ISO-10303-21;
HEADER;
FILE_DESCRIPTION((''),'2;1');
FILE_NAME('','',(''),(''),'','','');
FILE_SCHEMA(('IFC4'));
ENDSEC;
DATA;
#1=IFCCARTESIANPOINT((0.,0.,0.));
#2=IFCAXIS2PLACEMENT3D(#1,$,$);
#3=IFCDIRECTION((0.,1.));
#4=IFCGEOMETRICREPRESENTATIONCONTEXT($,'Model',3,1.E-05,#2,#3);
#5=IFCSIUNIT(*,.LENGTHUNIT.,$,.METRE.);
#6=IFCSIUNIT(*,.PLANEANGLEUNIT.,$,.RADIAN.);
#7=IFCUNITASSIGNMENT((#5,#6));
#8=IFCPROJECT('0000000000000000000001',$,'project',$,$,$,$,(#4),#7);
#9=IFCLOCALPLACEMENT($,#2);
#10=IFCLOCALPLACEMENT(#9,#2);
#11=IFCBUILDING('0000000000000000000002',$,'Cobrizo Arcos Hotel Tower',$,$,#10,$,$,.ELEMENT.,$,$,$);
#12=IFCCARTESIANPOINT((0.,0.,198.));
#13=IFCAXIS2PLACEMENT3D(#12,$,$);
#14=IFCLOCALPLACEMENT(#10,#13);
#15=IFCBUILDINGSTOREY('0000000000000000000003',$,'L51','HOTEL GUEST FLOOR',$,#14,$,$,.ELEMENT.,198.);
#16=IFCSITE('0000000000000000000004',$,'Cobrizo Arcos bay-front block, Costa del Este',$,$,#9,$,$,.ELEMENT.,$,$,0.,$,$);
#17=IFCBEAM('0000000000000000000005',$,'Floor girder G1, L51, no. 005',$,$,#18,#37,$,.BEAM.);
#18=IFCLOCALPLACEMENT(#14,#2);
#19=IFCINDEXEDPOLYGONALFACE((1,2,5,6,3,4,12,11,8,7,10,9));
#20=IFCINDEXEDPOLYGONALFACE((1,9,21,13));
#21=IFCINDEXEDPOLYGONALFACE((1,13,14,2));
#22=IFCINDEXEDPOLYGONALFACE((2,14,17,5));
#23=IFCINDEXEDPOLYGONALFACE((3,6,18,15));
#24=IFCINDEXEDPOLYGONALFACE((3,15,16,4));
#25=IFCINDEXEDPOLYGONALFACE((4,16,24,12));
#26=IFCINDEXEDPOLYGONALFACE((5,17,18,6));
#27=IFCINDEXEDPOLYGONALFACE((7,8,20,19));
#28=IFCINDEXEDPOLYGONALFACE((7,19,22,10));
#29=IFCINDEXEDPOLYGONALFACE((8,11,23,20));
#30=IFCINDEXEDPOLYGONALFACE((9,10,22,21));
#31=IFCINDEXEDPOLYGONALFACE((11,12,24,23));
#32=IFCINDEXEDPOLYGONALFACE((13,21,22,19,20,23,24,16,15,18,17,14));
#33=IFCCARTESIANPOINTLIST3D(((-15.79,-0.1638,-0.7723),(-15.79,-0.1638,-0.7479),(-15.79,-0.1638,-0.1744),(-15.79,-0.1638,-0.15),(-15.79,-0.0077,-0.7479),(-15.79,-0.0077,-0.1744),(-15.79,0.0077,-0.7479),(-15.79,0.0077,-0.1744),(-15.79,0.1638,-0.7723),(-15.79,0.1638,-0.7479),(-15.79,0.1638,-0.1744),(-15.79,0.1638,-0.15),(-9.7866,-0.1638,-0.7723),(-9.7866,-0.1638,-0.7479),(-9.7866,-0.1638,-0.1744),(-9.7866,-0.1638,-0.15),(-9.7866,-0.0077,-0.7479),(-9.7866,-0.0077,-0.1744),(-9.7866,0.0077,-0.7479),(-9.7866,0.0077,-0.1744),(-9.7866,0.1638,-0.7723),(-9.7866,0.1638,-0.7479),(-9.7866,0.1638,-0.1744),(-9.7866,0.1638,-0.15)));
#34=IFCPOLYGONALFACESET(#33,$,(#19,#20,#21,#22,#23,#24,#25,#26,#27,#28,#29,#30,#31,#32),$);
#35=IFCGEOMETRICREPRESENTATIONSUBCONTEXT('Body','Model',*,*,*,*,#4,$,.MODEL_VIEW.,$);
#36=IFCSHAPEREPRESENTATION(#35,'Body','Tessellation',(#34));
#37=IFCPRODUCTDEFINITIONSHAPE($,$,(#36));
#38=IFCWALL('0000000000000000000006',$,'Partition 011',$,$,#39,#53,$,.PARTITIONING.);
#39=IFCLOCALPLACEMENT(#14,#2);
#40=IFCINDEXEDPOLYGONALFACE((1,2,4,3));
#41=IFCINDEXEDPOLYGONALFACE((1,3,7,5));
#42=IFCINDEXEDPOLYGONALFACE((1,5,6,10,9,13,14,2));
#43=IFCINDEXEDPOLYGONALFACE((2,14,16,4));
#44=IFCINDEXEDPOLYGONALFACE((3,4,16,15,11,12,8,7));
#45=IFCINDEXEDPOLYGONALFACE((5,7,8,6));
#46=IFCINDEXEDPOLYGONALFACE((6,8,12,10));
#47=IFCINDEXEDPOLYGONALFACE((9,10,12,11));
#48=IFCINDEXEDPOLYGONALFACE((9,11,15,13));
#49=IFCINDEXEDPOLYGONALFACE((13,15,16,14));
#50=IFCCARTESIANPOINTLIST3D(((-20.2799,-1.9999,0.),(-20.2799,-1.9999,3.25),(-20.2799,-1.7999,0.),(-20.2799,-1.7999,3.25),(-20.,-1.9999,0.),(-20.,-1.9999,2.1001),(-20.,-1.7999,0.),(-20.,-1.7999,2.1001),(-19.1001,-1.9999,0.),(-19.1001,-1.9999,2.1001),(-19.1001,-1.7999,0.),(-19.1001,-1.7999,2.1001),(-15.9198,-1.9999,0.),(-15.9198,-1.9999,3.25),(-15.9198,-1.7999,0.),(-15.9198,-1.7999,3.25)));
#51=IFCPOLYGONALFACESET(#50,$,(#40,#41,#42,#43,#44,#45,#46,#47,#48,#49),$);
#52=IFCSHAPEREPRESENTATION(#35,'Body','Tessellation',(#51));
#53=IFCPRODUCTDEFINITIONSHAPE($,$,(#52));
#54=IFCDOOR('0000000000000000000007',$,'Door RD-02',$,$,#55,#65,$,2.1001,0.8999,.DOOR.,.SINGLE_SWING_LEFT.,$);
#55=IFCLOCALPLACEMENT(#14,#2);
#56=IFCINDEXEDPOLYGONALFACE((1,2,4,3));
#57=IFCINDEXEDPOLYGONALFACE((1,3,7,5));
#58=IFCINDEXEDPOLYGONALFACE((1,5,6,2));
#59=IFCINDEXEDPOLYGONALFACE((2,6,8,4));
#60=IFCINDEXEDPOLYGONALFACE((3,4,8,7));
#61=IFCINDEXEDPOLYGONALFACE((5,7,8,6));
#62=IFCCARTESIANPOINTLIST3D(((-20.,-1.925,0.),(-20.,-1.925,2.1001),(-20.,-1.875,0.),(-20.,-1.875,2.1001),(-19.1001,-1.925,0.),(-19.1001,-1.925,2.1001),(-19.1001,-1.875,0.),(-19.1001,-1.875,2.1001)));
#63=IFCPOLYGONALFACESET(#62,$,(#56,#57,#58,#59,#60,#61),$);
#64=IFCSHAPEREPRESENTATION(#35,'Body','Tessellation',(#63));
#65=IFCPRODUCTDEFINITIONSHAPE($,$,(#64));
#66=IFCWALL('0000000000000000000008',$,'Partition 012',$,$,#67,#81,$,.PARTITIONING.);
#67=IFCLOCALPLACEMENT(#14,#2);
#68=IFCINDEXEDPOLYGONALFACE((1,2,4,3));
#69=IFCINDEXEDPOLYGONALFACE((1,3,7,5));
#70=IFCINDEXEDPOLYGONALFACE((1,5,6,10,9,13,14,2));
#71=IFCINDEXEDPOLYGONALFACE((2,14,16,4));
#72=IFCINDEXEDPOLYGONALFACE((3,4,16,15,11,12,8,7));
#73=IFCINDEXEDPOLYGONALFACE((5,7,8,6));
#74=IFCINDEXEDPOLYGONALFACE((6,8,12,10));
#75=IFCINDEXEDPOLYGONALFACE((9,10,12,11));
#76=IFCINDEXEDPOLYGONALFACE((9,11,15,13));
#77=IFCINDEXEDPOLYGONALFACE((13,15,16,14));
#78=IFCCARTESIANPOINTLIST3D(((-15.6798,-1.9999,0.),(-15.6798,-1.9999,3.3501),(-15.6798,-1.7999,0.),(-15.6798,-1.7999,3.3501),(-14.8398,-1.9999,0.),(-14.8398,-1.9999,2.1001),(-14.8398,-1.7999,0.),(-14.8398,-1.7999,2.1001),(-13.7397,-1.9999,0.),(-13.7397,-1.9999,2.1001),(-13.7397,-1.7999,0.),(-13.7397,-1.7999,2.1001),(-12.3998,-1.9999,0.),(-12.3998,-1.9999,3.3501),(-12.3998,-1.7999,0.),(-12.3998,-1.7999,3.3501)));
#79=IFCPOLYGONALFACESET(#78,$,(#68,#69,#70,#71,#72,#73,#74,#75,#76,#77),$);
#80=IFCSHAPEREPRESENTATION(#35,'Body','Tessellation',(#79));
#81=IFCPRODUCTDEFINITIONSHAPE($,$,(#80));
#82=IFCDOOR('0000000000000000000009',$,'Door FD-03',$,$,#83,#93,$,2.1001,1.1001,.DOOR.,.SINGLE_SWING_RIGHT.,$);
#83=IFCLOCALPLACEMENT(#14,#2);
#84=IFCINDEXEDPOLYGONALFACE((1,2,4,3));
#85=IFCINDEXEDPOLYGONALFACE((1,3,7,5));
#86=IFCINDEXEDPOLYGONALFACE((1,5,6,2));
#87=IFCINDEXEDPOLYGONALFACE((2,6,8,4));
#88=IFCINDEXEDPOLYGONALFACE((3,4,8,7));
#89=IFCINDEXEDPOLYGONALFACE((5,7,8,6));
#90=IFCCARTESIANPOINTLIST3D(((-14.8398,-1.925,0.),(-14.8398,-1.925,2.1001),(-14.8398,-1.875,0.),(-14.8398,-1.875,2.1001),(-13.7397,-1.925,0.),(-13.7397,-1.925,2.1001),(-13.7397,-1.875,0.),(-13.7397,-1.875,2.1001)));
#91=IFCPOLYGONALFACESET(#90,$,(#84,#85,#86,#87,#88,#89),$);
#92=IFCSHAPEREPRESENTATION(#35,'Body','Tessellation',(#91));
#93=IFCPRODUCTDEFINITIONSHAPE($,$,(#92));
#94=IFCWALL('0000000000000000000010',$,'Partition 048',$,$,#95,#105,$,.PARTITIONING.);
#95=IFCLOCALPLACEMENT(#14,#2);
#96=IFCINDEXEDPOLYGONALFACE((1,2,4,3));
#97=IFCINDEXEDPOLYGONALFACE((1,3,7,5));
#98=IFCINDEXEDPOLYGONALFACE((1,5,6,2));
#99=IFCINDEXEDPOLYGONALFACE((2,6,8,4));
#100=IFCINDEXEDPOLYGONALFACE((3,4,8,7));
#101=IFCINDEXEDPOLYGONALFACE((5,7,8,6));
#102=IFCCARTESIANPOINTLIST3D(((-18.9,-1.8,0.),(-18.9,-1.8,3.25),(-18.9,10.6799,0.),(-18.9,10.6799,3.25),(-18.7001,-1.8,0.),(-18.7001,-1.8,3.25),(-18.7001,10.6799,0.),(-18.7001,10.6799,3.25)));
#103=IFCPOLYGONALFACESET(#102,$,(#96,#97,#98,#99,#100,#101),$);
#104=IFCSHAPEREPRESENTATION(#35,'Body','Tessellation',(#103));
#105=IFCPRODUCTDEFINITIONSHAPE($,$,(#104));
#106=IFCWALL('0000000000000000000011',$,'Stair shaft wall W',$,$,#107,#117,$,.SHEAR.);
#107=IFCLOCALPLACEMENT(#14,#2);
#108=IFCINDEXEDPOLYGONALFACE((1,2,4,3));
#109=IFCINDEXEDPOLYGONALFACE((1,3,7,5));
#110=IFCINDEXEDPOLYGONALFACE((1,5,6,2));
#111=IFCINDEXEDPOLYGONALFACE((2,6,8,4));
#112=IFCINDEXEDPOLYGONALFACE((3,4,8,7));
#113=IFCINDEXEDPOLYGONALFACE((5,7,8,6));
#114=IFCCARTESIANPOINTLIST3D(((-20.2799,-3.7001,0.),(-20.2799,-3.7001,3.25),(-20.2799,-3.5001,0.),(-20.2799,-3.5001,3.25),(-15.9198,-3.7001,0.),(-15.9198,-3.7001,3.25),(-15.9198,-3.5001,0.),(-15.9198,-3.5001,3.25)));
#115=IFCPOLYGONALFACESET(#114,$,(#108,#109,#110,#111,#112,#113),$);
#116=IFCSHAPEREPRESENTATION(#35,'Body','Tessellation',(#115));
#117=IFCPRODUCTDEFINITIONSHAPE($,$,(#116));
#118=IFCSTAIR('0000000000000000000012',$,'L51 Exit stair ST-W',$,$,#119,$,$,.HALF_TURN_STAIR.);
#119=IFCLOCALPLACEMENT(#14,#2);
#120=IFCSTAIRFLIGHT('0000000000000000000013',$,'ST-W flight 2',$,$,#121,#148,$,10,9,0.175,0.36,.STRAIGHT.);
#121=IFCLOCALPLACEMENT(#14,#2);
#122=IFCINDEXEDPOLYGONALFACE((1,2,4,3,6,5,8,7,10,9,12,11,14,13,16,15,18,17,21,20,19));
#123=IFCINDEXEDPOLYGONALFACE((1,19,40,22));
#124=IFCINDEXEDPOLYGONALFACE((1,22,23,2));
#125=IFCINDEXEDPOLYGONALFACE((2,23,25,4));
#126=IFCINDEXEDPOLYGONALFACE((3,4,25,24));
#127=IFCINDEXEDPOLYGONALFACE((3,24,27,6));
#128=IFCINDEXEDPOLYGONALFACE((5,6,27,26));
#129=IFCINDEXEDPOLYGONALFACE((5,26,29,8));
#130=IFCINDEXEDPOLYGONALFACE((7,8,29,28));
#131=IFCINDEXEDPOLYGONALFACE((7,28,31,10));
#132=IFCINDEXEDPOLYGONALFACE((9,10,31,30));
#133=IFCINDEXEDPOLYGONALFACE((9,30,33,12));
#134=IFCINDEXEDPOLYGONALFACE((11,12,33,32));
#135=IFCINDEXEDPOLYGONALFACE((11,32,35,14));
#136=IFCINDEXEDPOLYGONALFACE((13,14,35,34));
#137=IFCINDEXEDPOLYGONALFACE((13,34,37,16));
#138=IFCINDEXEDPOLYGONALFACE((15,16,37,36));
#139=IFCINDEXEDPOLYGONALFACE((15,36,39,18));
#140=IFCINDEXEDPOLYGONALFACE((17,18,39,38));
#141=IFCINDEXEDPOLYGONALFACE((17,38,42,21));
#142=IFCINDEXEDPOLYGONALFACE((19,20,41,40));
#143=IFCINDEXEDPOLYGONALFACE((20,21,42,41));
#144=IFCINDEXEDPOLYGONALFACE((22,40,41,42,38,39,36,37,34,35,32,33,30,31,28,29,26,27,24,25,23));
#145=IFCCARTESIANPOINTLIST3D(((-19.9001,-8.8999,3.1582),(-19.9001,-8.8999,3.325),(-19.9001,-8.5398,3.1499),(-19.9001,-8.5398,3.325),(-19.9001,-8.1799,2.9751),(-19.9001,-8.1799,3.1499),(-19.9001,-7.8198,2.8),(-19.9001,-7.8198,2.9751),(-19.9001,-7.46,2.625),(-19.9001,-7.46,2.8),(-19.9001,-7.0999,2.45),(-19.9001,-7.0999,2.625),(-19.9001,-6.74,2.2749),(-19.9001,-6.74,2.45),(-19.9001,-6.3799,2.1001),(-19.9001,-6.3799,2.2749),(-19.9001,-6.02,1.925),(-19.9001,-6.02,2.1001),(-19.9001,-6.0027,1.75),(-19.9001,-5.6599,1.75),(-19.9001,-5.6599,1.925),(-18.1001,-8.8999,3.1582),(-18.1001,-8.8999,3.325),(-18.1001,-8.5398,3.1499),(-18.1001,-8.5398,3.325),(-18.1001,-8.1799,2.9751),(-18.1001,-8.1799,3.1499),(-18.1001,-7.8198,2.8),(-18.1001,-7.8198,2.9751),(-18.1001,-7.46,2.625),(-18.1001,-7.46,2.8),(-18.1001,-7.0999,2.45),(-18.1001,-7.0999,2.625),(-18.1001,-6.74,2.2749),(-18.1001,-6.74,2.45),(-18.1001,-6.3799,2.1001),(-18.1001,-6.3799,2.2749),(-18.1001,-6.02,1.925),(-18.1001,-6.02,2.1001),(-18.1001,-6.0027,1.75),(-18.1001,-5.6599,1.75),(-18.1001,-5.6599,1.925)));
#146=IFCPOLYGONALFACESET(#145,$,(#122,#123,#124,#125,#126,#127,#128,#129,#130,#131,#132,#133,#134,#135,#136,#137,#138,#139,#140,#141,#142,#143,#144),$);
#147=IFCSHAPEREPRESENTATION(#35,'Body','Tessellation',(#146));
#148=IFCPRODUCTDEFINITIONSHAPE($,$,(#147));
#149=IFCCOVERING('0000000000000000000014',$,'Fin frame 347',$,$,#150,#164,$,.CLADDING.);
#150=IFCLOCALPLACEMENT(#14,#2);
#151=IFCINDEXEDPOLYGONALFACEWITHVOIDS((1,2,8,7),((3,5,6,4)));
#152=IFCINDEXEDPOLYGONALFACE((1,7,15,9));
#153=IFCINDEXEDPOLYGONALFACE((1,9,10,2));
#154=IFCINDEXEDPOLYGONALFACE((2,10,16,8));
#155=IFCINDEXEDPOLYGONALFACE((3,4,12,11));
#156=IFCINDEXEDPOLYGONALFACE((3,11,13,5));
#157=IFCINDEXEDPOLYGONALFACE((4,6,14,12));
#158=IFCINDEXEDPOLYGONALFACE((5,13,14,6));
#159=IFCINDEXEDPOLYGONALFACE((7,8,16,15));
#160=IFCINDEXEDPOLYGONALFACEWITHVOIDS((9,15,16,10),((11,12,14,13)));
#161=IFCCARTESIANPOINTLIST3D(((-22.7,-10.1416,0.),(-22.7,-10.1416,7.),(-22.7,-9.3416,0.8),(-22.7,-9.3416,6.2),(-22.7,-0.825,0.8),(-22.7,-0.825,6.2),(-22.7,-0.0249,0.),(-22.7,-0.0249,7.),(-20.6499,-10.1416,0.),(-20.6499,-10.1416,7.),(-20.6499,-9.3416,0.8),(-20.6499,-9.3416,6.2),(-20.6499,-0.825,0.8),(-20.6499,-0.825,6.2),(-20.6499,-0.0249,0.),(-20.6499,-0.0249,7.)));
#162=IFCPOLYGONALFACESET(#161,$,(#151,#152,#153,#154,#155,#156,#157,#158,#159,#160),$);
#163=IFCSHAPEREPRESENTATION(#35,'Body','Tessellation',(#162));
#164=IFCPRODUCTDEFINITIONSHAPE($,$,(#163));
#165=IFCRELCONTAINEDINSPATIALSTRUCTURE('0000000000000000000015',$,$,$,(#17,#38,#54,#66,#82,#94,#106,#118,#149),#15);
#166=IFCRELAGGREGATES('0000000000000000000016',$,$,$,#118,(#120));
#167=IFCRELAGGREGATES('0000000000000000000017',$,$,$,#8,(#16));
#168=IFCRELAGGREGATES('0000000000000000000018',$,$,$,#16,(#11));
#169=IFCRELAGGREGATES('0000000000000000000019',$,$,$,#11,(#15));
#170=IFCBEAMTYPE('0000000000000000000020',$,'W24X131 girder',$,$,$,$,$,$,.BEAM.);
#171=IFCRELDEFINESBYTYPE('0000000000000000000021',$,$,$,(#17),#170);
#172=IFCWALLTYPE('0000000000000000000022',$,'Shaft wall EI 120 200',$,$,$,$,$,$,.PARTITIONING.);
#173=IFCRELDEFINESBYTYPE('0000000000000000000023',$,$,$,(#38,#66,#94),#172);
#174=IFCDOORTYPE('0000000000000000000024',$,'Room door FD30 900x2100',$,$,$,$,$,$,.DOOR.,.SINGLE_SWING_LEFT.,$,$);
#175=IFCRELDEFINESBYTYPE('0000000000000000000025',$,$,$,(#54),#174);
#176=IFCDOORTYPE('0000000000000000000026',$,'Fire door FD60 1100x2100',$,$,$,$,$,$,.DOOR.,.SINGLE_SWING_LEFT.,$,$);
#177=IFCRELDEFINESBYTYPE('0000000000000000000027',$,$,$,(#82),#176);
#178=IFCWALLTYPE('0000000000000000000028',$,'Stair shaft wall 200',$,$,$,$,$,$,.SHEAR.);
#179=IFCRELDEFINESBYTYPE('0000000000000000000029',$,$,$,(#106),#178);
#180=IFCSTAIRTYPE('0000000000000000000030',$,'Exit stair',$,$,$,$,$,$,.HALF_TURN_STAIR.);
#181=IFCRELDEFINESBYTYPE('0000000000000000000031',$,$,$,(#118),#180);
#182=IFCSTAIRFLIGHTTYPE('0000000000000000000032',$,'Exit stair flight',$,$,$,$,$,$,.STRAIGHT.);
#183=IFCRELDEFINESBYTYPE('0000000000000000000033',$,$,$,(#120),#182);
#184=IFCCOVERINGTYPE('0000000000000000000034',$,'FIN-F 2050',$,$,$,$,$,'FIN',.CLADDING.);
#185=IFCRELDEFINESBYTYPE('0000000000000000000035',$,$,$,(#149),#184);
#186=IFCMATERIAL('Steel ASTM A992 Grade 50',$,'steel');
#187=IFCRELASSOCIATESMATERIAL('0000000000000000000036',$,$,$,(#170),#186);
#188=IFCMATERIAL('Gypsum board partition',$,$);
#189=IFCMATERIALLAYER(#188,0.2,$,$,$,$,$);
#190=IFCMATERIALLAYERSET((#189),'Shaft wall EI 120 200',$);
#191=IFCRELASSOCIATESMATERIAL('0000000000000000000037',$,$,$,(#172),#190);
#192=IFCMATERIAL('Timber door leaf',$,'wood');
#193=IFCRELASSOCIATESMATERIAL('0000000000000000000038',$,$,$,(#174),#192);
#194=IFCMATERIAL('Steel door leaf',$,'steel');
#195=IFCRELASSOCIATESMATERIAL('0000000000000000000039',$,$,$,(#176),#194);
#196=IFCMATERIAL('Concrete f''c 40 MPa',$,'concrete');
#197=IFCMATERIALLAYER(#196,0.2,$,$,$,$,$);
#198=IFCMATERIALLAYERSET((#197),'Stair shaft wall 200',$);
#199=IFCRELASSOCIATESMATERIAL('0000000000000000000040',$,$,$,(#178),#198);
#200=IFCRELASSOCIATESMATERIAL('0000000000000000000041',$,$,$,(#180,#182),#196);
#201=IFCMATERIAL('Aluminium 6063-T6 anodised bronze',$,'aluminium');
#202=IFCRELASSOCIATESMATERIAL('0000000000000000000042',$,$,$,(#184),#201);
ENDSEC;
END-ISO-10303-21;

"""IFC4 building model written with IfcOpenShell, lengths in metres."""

from ifc_helpers import new_model, si_unit, direction, frame, frame_2d, origin, origin_2d, place, context, subcontext, project, spatial, polyline, rectangle, i_section, outline, extrude, material, layer, layer_set, material_profile, profile_set, type_object, element, fill, aggregate, save


model = new_model("IFC4")

# Units and contexts
model_context = context("Model", 3, precision=1e-05, world=origin(), true_north=direction((0.0, 1.0)))
body_context = subcontext(model_context, "Body", "Model", "MODEL_VIEW")
ifc_project = project(units=[si_unit("LENGTHUNIT", "METRE"), si_unit("PLANEANGLEUNIT", "RADIAN")], contexts=[model_context])

# Site, building, storey
site_placement = place(None, origin())
site = spatial("IfcSite", under=ifc_project, at=site_placement, Name="Cobrizo Arcos bay-front block, Costa del Este", CompositionType="ELEMENT", RefElevation=0.0)
building_placement = place(site_placement, origin())
building = spatial("IfcBuilding", under=site, at=building_placement, Name="Cobrizo Arcos Hotel Tower", CompositionType="ELEMENT")
storey_placement = place(building_placement, frame((0.0, 0.0, 198.0)))
storey = spatial("IfcBuildingStorey", under=building, at=storey_placement, Name="L51", Description="HOTEL GUEST FLOOR", CompositionType="ELEMENT", Elevation=198.0)

# Beam
ifc_material_1 = material(Name="Steel ASTM A992 Grade 50", Category="steel")
ifc_material_profile = material_profile(ifc_material_1, i_section(OverallWidth=0.3276, OverallDepth=0.6223, WebThickness=0.0154, FlangeThickness=0.0244, at=origin_2d()), Name="W24X131")
ifc_profile_set = profile_set([ifc_material_profile], Name="Steel ASTM A992 Grade 50")
beam_type = type_object("IfcBeamType", Name="W24X131 girder", PredefinedType="BEAM", material=ifc_profile_set)
beam_placement = place(storey_placement, frame((-15.79, 0.0, -0.4612), z_axis=(1.0, 0.0, 0.0), x_axis=(0.0, 1.0, 0.0)))
element("IfcBeam", 1, at=beam_placement, inside=storey, type_object=beam_type, Name="Floor girder G1, L51, no. 005", PredefinedType="BEAM", context=body_context, shape_type="SweptSolid", body=[
    extrude(i_section(OverallWidth=0.3276, OverallDepth=0.6223, WebThickness=0.0154, FlangeThickness=0.0244, at=origin_2d()), origin(), (0.0, 0.0, 1.0), 6.0034),
])

# Walls, openings, doors
ifc_material_2 = material(Name="Gypsum board partition")
ifc_layer_1 = layer(ifc_material_2, 0.2)
ifc_layer_set_1 = layer_set([ifc_layer_1], Name="Shaft wall EI 120 200")
wall_type_1 = type_object("IfcWallType", Name="Shaft wall EI 120 200", PredefinedType="PARTITIONING", material=ifc_layer_set_1)
wall_1_placement = place(storey_placement, frame((-20.28, -1.8999, 0.0), z_axis=(0.0, 0.0, 1.0), x_axis=(1.0, 0.0, 0.0)))
wall_1 = element("IfcWall", 2, at=wall_1_placement, inside=storey, type_object=wall_type_1, Name="Partition 011", PredefinedType="PARTITIONING", context=body_context, shape_type="SweptSolid", body=[
    extrude(rectangle(XDim=4.3601, YDim=0.2, at=frame_2d((2.1802, 0.0))), origin(), (0.0, 0.0, 1.0), 3.25),
])
opening_1_placement = place(wall_1_placement, frame((0.28, 0.0, 0.0)))
opening_1 = element("IfcOpeningElement", 3, at=opening_1_placement, cuts=wall_1, PredefinedType="OPENING", context=body_context, shape_type="SweptSolid", body=[
    extrude(rectangle(XDim=0.8999, YDim=2.1001, at=frame_2d((0.45, 1.05))), frame((0.0, 0.1121, 0.0), z_axis=(0.0, -1.0, 0.0), x_axis=(1.0, 0.0, 0.0)), (0.0, 0.0, 1.0), 0.2239),
])
ifc_material_3 = material(Name="Timber door leaf", Category="wood")
door_type_1 = type_object("IfcDoorType", Name="Room door FD30 900x2100", OperationType="SINGLE_SWING_LEFT", PredefinedType="DOOR", material=ifc_material_3)
door_1_placement = place(opening_1_placement, origin())
door_1 = element("IfcDoor", 4, at=door_1_placement, inside=storey, type_object=door_type_1, Name="Door RD-02", OperationType="SINGLE_SWING_LEFT", OverallHeight=2.1001, OverallWidth=0.8999, PredefinedType="DOOR", context=body_context, shape_type="SweptSolid", body=[
    extrude(rectangle(XDim=0.8999, YDim=2.1001, at=frame_2d((0.45, 1.05))), frame((0.0, 0.0249, 0.0), z_axis=(0.0, -1.0, 0.0), x_axis=(1.0, 0.0, 0.0)), (0.0, 0.0, 1.0), 0.05),
])
fill(opening_1, door_1)
wall_2_placement = place(storey_placement, frame((-15.6799, -1.8999, 0.0), z_axis=(0.0, 0.0, 1.0), x_axis=(1.0, 0.0, 0.0)))
wall_2 = element("IfcWall", 5, at=wall_2_placement, inside=storey, type_object=wall_type_1, Name="Partition 012", PredefinedType="PARTITIONING", context=body_context, shape_type="SweptSolid", body=[
    extrude(rectangle(XDim=3.28, YDim=0.2, at=frame_2d((1.6401, 0.0))), origin(), (0.0, 0.0, 1.0), 3.3501),
])
opening_2_placement = place(wall_2_placement, frame((0.8401, 0.0, 0.0)))
opening_2 = element("IfcOpeningElement", 6, at=opening_2_placement, cuts=wall_2, PredefinedType="OPENING", context=body_context, shape_type="SweptSolid", body=[
    extrude(rectangle(XDim=1.1001, YDim=2.1001, at=frame_2d((0.55, 1.05))), frame((0.0, 0.1121, 0.0), z_axis=(0.0, -1.0, 0.0), x_axis=(1.0, 0.0, 0.0)), (0.0, 0.0, 1.0), 0.2239),
])
ifc_material_4 = material(Name="Steel door leaf", Category="steel")
door_type_2 = type_object("IfcDoorType", Name="Fire door FD60 1100x2100", OperationType="SINGLE_SWING_LEFT", PredefinedType="DOOR", material=ifc_material_4)
door_2_placement = place(opening_2_placement, origin())
door_2 = element("IfcDoor", 7, at=door_2_placement, inside=storey, type_object=door_type_2, Name="Door FD-03", OperationType="SINGLE_SWING_RIGHT", OverallHeight=2.1001, OverallWidth=1.1001, PredefinedType="DOOR", context=body_context, shape_type="SweptSolid", body=[
    extrude(rectangle(XDim=1.1001, YDim=2.1001, at=frame_2d((0.55, 1.05))), frame((0.0, 0.0249, 0.0), z_axis=(0.0, -1.0, 0.0), x_axis=(1.0, 0.0, 0.0)), (0.0, 0.0, 1.0), 0.05),
])
fill(opening_2, door_2)

# Walls
wall_3_placement = place(storey_placement, frame((-18.8, -1.8, 0.0), z_axis=(0.0, 0.0, 1.0), x_axis=(0.0, 1.0, 0.0)))
element("IfcWall", 8, at=wall_3_placement, inside=storey, type_object=wall_type_1, Name="Partition 048", PredefinedType="PARTITIONING", context=body_context, shape_type="SweptSolid", body=[
    extrude(rectangle(XDim=12.48, YDim=0.2, at=frame_2d((6.24, 0.0))), origin(), (0.0, 0.0, 1.0), 3.25),
])
ifc_material_5 = material(Name="Concrete f'c 40 MPa", Category="concrete")
ifc_layer_2 = layer(ifc_material_5, 0.2)
ifc_layer_set_2 = layer_set([ifc_layer_2], Name="Stair shaft wall 200")
wall_type_2 = type_object("IfcWallType", Name="Stair shaft wall 200", PredefinedType="SHEAR", material=ifc_layer_set_2)
wall_4_placement = place(storey_placement, frame((-20.28, -3.6001, 0.0), z_axis=(0.0, 0.0, 1.0), x_axis=(1.0, 0.0, 0.0)))
element("IfcWall", 9, at=wall_4_placement, inside=storey, type_object=wall_type_2, Name="Stair shaft wall W", PredefinedType="SHEAR", context=body_context, shape_type="SweptSolid", body=[
    extrude(rectangle(XDim=4.3601, YDim=0.2, at=frame_2d((2.1802, 0.0))), origin(), (0.0, 0.0, 1.0), 3.25),
])

# Stair, stair flight
stair_type = type_object("IfcStairType", Name="Exit stair", PredefinedType="HALF_TURN_STAIR", material=ifc_material_5)
stair_placement = place(storey_placement, origin())
stair = element("IfcStair", 10, at=stair_placement, inside=storey, type_object=stair_type, Name="L51 Exit stair ST-W", PredefinedType="HALF_TURN_STAIR")
stair_flight_type = type_object("IfcStairFlightType", Name="Exit stair flight", PredefinedType="STRAIGHT", material=ifc_material_5)
stair_flight_placement = place(storey_placement, frame((-19.0, -5.6599, 1.75), z_axis=(0.0, 0.0, 1.0), x_axis=(0.0, -1.0, 0.0)))
stair_flight = element("IfcStairFlight", 11, at=stair_flight_placement, type_object=stair_flight_type, Name="ST-W flight 2", NumberOfRisers=10, NumberOfTreads=9, PredefinedType="STRAIGHT", RiserHeight=0.175, TreadLength=0.36, context=body_context, shape_type="SweptSolid", body=[
    extrude(outline(polyline([(0.0, 0.0), (0.0, 0.175), (0.3601, 0.175), (0.3601, 0.3501), (0.72, 0.3501), (0.72, 0.5249), (1.0801, 0.5249), (1.0801, 0.7), (1.4399, 0.7), (1.4399, 0.875), (1.8, 0.875), (1.8, 1.05), (2.1599, 1.05), (2.1599, 1.2251), (2.52, 1.2251), (2.52, 1.3999), (2.8799, 1.3999), (2.8799, 1.575), (3.24, 1.575), (3.24, 1.75), (3.24, 1.4082), (0.3428, 0.0), (0.0, 0.0)])), frame((0.0, 0.8999, 0.0), z_axis=(0.0, -1.0, 0.0), x_axis=(1.0, 0.0, 0.0)), (0.0, 0.0, 1.0), 1.8),
])
aggregate(stair, [stair_flight])

# Covering
ifc_material_6 = material(Name="Aluminium 6063-T6 anodised bronze", Category="aluminium")
covering_type_1 = type_object("IfcCoveringType", Name="FIN-F 2050", ElementType="FIN", PredefinedType="CLADDING", material=ifc_material_6)
covering_placement = place(storey_placement, frame((-20.6499, -0.0249, 0.0), z_axis=(-1.0, 0.0, 0.0), x_axis=(0.0, -1.0, 0.0)))
element("IfcCovering", 12, at=covering_placement, inside=storey, type_object=covering_type_1, Name="Fin frame 347", PredefinedType="CLADDING", context=body_context, shape_type="SweptSolid", body=[
    extrude(outline(polyline([(0.0, 7.0), (0.0, 0.0), (10.1167, 0.0), (10.1167, 7.0), (0.0, 7.0)]), holes=[polyline([(9.3167, 0.8), (0.8, 0.8), (0.8, 6.2), (9.3167, 6.2), (9.3167, 0.8)])]), origin(), (0.0, 0.0, 1.0), 2.05),
])

save(model, "model.ifc")
